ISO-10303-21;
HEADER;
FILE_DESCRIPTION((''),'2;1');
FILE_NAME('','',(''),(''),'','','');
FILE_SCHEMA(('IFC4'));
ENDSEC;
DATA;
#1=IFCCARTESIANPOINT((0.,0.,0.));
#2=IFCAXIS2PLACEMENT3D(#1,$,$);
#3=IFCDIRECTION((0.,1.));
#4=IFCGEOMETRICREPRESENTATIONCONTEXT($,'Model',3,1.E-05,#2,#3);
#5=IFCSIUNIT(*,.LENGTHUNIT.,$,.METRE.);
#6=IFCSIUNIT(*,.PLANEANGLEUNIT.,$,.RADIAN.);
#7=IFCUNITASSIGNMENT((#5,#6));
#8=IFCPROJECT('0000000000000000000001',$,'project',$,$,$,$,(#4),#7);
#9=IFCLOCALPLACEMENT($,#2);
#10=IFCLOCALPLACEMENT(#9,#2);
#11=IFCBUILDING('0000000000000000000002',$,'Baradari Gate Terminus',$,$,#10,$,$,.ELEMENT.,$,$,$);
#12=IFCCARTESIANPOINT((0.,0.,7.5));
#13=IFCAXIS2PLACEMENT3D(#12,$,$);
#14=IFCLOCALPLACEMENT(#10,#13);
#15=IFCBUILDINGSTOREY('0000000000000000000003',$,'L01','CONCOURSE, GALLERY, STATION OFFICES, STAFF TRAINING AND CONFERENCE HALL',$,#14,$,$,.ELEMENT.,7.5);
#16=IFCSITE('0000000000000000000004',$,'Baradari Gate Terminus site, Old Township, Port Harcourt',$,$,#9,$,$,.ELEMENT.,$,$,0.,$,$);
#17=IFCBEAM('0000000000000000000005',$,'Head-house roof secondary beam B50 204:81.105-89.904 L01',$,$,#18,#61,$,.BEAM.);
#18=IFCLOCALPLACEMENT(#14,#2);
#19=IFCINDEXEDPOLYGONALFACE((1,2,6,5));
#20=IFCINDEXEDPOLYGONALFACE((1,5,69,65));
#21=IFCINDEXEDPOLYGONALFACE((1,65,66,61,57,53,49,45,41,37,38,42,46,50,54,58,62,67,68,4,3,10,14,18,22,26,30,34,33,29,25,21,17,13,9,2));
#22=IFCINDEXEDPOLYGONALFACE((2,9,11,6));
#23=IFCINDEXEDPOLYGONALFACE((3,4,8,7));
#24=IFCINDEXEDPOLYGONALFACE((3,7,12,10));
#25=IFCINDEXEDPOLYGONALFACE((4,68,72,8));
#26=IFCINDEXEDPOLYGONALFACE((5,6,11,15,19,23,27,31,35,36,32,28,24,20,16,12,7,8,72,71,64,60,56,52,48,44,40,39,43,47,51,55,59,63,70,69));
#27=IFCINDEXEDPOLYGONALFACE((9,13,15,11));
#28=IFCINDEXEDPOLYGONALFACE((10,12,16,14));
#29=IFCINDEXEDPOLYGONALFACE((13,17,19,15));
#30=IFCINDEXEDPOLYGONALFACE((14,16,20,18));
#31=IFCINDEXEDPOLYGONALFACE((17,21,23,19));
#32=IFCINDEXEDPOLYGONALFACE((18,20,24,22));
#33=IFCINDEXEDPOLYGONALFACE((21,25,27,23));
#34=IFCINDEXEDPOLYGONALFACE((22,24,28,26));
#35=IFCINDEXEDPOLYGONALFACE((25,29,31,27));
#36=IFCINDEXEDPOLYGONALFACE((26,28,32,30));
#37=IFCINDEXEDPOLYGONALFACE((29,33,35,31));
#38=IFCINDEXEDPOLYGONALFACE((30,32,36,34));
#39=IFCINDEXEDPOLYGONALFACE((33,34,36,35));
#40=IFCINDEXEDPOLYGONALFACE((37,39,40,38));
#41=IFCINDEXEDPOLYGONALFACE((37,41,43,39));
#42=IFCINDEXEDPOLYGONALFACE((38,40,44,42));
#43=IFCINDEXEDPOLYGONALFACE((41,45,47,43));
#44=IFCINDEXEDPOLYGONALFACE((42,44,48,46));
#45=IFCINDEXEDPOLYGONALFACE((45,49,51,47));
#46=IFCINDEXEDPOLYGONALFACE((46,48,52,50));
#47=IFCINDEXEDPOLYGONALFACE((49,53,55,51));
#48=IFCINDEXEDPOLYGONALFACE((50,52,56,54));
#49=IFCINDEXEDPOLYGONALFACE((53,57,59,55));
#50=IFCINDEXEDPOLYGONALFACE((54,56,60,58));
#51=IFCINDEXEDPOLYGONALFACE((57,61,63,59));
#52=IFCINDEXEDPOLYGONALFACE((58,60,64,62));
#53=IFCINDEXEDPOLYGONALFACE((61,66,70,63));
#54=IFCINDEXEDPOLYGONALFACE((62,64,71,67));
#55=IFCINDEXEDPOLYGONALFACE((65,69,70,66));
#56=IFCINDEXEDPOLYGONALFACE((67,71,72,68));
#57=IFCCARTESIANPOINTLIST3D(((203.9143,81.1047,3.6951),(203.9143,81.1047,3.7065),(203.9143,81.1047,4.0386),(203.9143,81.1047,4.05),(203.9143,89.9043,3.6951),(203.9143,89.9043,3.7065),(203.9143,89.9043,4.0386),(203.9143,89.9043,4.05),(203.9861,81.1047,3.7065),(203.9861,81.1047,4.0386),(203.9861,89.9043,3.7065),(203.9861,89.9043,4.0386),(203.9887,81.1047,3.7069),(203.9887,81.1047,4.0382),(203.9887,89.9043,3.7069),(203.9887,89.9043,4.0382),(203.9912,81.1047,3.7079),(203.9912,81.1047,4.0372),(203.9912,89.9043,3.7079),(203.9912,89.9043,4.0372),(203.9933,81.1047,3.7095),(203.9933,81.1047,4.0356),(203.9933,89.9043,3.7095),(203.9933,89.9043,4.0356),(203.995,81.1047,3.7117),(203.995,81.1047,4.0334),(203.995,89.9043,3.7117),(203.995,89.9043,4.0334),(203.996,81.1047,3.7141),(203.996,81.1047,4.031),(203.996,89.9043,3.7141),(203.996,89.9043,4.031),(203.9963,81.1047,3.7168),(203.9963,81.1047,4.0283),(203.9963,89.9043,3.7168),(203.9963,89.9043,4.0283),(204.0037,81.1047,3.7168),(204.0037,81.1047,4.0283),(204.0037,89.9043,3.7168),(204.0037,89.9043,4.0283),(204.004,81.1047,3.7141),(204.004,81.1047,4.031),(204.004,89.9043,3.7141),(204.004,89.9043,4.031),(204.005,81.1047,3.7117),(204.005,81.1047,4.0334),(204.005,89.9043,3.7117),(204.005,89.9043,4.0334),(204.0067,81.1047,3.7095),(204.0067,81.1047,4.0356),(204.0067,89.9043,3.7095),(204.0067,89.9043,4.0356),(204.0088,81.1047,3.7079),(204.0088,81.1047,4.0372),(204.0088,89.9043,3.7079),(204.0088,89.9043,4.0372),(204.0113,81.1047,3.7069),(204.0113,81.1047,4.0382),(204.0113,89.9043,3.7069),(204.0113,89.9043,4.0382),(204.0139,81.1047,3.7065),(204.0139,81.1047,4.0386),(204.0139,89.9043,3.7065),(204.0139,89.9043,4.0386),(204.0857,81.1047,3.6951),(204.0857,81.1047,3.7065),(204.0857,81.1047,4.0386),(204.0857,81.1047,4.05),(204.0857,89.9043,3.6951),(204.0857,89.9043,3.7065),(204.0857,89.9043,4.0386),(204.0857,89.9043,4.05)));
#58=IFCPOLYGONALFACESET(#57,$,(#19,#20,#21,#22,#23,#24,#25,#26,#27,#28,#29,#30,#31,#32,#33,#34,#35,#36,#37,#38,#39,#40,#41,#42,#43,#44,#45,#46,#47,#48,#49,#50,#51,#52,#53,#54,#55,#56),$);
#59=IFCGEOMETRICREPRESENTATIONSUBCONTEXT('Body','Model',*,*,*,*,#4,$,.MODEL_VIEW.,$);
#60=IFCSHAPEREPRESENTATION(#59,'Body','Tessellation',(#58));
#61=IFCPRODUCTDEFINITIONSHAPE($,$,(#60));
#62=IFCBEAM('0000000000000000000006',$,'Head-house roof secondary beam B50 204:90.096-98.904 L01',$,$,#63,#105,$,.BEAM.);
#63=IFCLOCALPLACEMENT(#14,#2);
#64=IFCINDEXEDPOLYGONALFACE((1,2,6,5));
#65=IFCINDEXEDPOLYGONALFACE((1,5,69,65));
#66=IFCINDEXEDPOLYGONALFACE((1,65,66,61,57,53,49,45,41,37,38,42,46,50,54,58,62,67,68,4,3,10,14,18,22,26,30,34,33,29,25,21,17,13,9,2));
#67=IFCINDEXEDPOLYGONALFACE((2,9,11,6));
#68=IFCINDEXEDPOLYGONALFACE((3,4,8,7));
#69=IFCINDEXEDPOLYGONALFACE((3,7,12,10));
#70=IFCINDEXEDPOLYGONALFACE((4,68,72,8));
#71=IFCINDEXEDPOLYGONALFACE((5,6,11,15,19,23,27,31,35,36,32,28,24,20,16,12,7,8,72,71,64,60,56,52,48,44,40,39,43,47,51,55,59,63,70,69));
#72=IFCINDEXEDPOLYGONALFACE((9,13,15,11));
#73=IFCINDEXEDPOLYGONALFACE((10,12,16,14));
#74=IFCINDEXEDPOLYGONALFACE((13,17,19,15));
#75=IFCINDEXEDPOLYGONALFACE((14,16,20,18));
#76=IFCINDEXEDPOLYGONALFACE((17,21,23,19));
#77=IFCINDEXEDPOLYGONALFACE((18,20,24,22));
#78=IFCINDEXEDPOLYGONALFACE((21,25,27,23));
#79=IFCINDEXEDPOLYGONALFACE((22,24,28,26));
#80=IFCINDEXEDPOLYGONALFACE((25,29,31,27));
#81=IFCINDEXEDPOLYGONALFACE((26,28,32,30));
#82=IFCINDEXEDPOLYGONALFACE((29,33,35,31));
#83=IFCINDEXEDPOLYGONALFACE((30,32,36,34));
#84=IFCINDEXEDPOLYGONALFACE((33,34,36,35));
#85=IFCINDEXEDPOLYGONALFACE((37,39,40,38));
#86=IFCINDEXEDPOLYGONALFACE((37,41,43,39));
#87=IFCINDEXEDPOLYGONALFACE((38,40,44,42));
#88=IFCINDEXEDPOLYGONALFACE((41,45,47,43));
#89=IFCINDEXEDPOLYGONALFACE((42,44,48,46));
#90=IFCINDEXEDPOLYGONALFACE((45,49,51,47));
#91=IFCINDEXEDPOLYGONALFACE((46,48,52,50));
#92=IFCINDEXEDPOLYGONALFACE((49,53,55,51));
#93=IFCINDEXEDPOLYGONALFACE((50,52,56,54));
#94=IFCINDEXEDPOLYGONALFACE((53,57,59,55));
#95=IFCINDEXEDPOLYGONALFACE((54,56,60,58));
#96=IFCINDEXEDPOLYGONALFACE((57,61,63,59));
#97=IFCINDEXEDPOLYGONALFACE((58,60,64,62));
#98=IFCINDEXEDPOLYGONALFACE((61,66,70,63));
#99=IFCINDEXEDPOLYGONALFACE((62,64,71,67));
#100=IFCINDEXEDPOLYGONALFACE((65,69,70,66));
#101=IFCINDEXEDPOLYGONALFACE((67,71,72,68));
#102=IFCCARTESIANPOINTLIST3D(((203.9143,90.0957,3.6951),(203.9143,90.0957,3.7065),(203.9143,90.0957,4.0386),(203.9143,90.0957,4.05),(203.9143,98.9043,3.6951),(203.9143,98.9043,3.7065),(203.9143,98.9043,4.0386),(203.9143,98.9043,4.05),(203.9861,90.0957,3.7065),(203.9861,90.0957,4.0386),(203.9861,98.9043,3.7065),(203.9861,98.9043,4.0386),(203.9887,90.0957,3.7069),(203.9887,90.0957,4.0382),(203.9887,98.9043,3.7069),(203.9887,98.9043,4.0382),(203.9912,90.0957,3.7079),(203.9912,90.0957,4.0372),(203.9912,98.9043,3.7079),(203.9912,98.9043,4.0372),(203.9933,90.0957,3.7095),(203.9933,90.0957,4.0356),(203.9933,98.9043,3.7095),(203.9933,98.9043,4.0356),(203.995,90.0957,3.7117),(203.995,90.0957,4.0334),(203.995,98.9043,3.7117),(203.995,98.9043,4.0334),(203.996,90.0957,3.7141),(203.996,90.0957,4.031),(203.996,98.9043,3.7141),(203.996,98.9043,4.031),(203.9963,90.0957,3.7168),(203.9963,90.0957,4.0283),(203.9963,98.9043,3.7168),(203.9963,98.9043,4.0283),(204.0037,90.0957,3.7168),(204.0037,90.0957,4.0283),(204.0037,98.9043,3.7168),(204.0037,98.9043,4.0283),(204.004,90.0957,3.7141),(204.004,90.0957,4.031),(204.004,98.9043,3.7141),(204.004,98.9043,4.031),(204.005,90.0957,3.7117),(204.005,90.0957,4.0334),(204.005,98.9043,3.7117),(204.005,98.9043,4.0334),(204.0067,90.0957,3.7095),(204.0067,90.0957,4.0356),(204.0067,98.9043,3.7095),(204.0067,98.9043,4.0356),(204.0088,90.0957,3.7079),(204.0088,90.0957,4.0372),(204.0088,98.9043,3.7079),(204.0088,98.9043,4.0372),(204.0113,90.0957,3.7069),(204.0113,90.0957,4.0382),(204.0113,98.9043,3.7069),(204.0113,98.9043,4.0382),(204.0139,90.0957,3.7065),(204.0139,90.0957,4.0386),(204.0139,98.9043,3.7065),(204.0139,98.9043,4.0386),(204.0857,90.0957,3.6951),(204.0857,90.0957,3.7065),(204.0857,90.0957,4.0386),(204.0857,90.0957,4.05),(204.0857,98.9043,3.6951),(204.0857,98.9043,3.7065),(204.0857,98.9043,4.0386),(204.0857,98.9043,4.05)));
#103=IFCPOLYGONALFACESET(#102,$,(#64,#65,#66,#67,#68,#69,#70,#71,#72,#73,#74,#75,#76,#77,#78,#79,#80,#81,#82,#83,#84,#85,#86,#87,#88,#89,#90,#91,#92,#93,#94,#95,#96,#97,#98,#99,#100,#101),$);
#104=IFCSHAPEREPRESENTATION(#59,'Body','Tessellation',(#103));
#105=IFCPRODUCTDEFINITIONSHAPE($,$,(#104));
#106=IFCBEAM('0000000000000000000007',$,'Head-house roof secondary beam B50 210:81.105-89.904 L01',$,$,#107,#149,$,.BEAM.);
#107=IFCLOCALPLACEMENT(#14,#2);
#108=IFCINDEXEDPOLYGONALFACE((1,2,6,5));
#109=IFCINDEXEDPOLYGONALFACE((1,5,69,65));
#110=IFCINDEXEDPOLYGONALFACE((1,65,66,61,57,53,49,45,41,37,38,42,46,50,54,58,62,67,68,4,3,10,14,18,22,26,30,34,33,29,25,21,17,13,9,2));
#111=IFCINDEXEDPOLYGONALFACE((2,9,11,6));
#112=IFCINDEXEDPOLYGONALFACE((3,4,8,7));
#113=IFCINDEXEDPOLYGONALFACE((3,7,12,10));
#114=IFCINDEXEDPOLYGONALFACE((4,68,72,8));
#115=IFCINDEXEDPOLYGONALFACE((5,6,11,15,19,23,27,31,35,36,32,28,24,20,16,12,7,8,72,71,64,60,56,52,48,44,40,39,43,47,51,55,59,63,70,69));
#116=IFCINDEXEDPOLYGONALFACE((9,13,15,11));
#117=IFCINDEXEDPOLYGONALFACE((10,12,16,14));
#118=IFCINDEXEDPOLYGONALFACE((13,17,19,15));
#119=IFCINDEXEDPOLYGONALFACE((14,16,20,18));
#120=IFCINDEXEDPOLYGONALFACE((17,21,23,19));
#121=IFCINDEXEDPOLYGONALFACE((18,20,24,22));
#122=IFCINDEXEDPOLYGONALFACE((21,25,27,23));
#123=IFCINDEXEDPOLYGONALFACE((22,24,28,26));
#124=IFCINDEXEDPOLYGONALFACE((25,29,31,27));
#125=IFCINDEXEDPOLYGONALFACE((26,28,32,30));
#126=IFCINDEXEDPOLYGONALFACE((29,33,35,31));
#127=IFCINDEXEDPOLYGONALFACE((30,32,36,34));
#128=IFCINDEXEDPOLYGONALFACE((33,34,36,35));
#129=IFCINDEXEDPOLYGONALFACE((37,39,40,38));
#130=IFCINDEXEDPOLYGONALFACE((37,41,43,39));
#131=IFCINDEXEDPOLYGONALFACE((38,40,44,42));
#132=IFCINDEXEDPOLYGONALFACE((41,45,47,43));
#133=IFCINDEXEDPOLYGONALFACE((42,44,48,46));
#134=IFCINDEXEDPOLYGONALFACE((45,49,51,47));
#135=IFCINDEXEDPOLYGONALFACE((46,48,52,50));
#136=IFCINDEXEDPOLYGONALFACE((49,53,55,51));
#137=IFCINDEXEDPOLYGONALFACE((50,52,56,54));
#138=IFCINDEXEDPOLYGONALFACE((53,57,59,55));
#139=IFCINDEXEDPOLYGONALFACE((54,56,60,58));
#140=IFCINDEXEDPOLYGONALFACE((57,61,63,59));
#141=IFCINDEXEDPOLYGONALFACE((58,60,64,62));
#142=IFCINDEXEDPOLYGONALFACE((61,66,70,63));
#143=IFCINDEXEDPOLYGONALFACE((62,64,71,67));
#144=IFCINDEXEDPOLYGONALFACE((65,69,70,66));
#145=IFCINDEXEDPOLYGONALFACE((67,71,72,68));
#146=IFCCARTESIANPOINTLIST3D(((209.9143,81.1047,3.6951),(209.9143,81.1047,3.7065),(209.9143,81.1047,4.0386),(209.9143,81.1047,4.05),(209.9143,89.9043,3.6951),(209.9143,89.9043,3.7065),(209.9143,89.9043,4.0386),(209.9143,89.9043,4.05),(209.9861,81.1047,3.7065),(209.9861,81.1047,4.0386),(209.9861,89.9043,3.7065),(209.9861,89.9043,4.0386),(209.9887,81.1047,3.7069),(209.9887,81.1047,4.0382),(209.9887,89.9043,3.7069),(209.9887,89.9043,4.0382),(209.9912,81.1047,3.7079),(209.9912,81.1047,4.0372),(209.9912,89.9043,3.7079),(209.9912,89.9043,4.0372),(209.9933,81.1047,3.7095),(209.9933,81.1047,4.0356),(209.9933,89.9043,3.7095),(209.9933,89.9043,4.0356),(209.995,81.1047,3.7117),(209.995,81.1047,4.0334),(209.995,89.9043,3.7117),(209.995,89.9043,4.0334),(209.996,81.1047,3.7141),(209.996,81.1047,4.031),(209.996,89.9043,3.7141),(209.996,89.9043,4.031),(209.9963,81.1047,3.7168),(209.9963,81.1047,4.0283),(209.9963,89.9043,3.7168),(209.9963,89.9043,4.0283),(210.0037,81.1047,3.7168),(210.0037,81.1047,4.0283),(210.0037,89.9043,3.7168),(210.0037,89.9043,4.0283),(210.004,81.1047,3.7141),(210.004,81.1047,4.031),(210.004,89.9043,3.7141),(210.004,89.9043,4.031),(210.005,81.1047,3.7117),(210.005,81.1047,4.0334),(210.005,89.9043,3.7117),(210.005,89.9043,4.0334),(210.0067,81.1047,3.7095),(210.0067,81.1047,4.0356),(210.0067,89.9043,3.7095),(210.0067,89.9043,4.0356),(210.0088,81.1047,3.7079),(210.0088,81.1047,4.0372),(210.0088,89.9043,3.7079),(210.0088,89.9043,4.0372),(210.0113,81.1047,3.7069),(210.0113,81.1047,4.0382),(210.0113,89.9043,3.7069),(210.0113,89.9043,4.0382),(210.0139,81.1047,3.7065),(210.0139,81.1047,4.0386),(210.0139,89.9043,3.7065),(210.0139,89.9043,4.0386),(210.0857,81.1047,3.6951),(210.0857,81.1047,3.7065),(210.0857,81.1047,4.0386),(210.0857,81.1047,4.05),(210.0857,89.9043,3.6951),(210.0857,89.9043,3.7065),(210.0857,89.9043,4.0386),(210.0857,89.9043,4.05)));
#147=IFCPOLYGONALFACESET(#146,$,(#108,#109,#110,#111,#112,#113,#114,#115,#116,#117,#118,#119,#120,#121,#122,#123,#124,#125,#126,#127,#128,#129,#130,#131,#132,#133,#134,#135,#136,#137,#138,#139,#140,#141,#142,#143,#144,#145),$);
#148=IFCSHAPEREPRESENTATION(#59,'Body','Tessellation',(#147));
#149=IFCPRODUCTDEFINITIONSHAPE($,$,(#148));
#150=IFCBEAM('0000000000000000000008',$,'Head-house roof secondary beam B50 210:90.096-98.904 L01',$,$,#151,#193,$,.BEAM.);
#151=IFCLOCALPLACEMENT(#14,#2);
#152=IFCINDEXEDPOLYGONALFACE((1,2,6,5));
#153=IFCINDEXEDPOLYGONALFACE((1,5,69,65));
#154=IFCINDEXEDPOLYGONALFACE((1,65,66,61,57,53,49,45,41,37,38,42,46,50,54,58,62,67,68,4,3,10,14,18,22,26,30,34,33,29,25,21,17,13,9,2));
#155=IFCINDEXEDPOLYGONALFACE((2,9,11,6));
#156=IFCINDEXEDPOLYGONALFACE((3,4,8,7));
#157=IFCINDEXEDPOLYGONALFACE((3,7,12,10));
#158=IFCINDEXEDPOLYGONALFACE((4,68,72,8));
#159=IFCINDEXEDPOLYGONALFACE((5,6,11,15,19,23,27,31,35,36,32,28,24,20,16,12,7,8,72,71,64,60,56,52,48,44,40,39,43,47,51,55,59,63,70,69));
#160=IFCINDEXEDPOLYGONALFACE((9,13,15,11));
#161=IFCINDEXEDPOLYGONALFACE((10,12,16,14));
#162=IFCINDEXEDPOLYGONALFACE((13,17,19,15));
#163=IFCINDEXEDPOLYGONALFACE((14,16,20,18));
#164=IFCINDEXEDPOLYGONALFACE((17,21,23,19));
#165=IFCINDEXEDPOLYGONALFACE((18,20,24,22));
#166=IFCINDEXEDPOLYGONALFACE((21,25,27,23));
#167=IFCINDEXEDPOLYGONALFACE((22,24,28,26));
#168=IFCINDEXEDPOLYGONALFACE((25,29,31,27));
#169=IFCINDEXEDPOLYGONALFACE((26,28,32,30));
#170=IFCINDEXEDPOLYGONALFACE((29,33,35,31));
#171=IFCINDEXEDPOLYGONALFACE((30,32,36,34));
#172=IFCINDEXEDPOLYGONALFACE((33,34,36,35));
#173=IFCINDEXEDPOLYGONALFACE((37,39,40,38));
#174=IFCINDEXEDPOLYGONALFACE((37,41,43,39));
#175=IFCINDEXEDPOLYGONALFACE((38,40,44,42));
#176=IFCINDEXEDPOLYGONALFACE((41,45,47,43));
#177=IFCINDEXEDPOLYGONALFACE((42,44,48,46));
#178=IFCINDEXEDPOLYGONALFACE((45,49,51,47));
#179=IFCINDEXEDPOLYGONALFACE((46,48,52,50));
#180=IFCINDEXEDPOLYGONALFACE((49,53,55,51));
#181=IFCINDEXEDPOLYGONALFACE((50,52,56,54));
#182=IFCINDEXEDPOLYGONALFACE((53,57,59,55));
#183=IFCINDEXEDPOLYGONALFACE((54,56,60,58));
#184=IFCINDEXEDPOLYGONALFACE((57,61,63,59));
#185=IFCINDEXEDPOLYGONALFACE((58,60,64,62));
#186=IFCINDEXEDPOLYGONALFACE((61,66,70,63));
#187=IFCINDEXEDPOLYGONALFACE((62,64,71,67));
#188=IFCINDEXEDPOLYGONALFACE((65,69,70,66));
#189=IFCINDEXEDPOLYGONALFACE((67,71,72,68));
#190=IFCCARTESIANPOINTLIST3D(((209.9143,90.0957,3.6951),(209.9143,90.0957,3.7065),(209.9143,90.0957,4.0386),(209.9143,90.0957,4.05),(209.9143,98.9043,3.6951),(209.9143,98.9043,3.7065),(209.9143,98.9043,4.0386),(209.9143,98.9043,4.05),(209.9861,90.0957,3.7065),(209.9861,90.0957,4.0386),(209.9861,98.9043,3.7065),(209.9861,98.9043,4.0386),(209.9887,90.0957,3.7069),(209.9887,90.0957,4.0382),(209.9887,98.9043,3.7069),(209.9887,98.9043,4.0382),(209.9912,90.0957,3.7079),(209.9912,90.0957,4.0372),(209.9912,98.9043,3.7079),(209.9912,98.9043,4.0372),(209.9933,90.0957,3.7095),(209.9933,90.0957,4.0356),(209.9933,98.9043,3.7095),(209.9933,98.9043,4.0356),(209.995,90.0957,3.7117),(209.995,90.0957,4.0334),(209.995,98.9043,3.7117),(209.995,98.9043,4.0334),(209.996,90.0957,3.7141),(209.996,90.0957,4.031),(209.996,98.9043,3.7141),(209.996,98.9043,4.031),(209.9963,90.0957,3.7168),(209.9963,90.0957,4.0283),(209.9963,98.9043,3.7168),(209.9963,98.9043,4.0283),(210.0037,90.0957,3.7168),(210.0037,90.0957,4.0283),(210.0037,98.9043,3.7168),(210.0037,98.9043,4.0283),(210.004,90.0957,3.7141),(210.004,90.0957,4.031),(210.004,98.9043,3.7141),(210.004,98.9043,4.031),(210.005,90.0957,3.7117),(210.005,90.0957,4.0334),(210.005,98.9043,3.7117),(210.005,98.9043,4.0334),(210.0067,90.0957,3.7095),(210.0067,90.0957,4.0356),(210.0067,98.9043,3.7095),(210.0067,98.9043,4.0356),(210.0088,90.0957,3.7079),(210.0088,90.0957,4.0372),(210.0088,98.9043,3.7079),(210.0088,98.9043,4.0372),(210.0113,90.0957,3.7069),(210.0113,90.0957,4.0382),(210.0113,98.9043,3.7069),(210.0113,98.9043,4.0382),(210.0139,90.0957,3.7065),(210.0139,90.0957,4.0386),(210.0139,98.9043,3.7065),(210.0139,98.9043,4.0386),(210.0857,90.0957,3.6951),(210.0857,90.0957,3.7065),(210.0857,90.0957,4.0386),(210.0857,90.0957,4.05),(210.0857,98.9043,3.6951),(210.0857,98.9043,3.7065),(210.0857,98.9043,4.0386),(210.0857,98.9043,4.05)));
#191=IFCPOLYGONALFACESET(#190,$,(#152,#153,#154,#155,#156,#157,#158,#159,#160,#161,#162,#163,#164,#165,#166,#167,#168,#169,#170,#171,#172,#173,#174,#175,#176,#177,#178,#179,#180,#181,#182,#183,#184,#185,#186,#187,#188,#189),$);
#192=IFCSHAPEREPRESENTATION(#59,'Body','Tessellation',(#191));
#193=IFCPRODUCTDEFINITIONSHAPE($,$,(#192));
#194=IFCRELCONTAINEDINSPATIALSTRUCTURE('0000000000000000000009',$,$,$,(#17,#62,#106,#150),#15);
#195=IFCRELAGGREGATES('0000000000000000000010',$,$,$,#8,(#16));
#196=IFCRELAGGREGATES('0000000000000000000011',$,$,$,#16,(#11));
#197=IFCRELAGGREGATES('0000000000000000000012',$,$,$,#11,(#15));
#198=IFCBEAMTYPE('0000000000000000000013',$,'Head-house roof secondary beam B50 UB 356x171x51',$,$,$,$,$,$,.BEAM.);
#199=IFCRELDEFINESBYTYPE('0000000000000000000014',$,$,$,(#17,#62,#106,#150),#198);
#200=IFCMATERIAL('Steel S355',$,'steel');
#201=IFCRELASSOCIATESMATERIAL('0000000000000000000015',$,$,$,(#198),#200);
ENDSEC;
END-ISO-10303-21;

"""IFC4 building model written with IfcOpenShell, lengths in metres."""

from ifc_helpers import new_model, si_unit, direction, frame, origin, origin_2d, place, context, subcontext, project, spatial, i_section, extrude, material, material_profile, profile_set, type_object, element, save


model = new_model("IFC4")

# Units and contexts
model_context = context("Model", 3, precision=1e-05, world=origin(), true_north=direction((0.0, 1.0)))
body_context = subcontext(model_context, "Body", "Model", "MODEL_VIEW")
ifc_project = project(units=[si_unit("LENGTHUNIT", "METRE"), si_unit("PLANEANGLEUNIT", "RADIAN")], contexts=[model_context])

# Site, building, storey
site_placement = place(None, origin())
site = spatial("IfcSite", under=ifc_project, at=site_placement, Name="Baradari Gate Terminus site, Old Township, Port Harcourt", CompositionType="ELEMENT", RefElevation=0.0)
building_placement = place(site_placement, origin())
building = spatial("IfcBuilding", under=site, at=building_placement, Name="Baradari Gate Terminus", CompositionType="ELEMENT")
storey_placement = place(building_placement, frame((0.0, 0.0, 7.5)))
storey = spatial("IfcBuildingStorey", under=building, at=storey_placement, Name="L01", Description="CONCOURSE, GALLERY, STATION OFFICES, STAFF TRAINING AND CONFERENCE HALL", CompositionType="ELEMENT", Elevation=7.5)

# Beams
ifc_material_1 = material(Name="Steel S355", Category="steel")
ifc_material_profile_1 = material_profile(ifc_material_1, i_section(OverallWidth=0.1714, OverallDepth=0.355, WebThickness=0.0073, FlangeThickness=0.0115, FilletRadius=0.0103, at=origin_2d()), Name="UB 356x171x51")
ifc_profile_set_1 = profile_set([ifc_material_profile_1], Name="Steel S355")
beam_type_1 = type_object("IfcBeamType", Name="Head-house roof secondary beam B50 UB 356x171x51", PredefinedType="BEAM", material=ifc_profile_set_1)
beam_1_placement = place(storey_placement, frame((204.0, 81.1047, 3.8726), z_axis=(0.0, 1.0, 0.0), x_axis=(-1.0, 0.0, 0.0)))
element("IfcBeam", 1, at=beam_1_placement, inside=storey, type_object=beam_type_1, Name="Head-house roof secondary beam B50 204:81.105-89.904 L01", PredefinedType="BEAM", context=body_context, shape_type="SweptSolid", body=[
    extrude(i_section(OverallWidth=0.1714, OverallDepth=0.355, WebThickness=0.0073, FlangeThickness=0.0115, FilletRadius=0.0103, at=origin_2d()), origin(), (0.0, 0.0, 1.0), 8.7996),
])
beam_2_placement = place(storey_placement, frame((204.0, 90.0957, 3.8726), z_axis=(0.0, 1.0, 0.0), x_axis=(-1.0, 0.0, 0.0)))
element("IfcBeam", 2, at=beam_2_placement, inside=storey, type_object=beam_type_1, Name="Head-house roof secondary beam B50 204:90.096-98.904 L01", PredefinedType="BEAM", context=body_context, shape_type="SweptSolid", body=[
    extrude(i_section(OverallWidth=0.1714, OverallDepth=0.355, WebThickness=0.0073, FlangeThickness=0.0115, FilletRadius=0.0103, at=origin_2d()), origin(), (0.0, 0.0, 1.0), 8.8086),
])
beam_3_placement = place(storey_placement, frame((210.0, 81.1047, 3.8726), z_axis=(0.0, 1.0, 0.0), x_axis=(-1.0, 0.0, 0.0)))
element("IfcBeam", 3, at=beam_3_placement, inside=storey, type_object=beam_type_1, Name="Head-house roof secondary beam B50 210:81.105-89.904 L01", PredefinedType="BEAM", context=body_context, shape_type="SweptSolid", body=[
    extrude(i_section(OverallWidth=0.1714, OverallDepth=0.355, WebThickness=0.0073, FlangeThickness=0.0115, FilletRadius=0.0103, at=origin_2d()), origin(), (0.0, 0.0, 1.0), 8.7996),
])
beam_4_placement = place(storey_placement, frame((210.0, 90.0957, 3.8726), z_axis=(0.0, 1.0, 0.0), x_axis=(-1.0, 0.0, 0.0)))
element("IfcBeam", 4, at=beam_4_placement, inside=storey, type_object=beam_type_1, Name="Head-house roof secondary beam B50 210:90.096-98.904 L01", PredefinedType="BEAM", context=body_context, shape_type="SweptSolid", body=[
    extrude(i_section(OverallWidth=0.1714, OverallDepth=0.355, WebThickness=0.0073, FlangeThickness=0.0115, FilletRadius=0.0103, at=origin_2d()), origin(), (0.0, 0.0, 1.0), 8.8086),
])

save(model, "model.ifc")
